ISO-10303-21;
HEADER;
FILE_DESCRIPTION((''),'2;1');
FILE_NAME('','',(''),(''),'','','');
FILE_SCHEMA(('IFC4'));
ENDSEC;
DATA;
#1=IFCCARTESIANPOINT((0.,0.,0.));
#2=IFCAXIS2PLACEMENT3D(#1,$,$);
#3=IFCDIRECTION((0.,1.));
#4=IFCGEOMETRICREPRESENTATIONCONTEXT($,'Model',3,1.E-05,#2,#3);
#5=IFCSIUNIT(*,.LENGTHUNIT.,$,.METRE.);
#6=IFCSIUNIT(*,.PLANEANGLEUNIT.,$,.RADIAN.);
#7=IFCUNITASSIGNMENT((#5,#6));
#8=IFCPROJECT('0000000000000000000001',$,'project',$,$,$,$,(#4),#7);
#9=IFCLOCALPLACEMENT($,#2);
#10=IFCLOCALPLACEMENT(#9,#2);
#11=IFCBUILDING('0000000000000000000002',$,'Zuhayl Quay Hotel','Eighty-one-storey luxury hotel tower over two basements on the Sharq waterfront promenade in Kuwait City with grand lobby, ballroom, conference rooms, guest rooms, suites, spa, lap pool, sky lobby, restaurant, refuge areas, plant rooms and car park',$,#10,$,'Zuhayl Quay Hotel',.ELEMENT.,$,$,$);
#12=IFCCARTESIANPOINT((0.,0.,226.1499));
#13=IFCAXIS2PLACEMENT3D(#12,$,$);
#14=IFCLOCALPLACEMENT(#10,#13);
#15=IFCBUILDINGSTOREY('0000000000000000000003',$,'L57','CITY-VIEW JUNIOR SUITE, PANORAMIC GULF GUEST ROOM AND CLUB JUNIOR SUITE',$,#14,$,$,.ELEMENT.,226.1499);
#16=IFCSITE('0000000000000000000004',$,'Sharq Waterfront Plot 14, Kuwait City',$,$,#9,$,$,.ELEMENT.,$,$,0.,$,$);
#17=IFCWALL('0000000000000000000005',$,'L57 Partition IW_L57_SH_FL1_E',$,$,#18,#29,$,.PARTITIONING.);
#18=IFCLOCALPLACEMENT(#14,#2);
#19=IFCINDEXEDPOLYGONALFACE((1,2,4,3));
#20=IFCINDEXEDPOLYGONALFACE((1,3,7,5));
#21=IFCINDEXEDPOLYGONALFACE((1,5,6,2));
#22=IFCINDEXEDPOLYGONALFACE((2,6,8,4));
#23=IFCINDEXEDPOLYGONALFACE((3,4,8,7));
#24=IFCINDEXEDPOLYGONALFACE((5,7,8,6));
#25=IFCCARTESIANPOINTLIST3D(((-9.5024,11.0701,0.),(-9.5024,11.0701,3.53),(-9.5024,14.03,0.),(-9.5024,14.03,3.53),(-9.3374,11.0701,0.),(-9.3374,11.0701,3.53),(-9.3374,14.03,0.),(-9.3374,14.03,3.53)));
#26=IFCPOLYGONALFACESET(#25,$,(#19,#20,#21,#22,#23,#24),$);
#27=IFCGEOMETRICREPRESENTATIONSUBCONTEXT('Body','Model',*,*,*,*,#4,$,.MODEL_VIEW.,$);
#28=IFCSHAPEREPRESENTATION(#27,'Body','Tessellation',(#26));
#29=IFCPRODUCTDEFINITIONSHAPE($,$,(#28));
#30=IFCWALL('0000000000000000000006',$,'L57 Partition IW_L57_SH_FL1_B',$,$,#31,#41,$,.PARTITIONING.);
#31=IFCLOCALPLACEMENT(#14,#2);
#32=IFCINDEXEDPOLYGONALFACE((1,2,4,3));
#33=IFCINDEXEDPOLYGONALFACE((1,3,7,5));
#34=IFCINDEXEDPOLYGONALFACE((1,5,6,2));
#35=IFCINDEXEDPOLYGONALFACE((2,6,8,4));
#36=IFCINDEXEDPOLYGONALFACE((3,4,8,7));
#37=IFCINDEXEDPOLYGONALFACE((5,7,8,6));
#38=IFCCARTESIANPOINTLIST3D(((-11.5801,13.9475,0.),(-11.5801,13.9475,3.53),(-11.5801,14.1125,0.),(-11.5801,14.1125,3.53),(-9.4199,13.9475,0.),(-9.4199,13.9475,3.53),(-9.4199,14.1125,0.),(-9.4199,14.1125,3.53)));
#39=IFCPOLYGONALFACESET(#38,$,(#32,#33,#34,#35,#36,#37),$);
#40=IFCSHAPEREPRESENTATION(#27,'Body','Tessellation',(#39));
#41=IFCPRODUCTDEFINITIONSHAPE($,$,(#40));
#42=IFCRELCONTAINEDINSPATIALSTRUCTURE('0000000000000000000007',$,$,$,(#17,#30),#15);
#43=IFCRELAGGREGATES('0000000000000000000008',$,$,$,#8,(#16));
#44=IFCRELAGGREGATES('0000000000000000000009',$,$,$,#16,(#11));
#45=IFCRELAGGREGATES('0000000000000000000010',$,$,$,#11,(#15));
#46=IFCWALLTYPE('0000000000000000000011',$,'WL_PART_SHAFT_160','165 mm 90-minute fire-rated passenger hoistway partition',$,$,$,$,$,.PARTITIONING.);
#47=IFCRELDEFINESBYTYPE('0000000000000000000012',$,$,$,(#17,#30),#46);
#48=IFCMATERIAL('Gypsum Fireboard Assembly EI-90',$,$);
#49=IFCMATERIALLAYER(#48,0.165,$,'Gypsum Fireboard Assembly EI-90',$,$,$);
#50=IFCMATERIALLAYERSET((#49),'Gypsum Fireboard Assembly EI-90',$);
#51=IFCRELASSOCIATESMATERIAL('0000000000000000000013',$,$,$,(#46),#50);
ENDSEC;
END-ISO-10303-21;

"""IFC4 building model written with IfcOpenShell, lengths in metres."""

from ifc_helpers import new_model, si_unit, direction, frame, frame_2d, origin, place, context, subcontext, project, spatial, rectangle, extrude, material, layer, layer_set, type_object, element, save


model = new_model("IFC4")

# Units and contexts
model_context = context("Model", 3, precision=1e-05, world=origin(), true_north=direction((0.0, 1.0)))
body_context = subcontext(model_context, "Body", "Model", "MODEL_VIEW")
ifc_project = project(units=[si_unit("LENGTHUNIT", "METRE"), si_unit("PLANEANGLEUNIT", "RADIAN")], contexts=[model_context])

# Site, building, storey
site_placement = place(None, origin())
site = spatial("IfcSite", under=ifc_project, at=site_placement, Name="Sharq Waterfront Plot 14, Kuwait City", CompositionType="ELEMENT", RefElevation=0.0)
building_placement = place(site_placement, origin())
building = spatial("IfcBuilding", under=site, at=building_placement, Name="Zuhayl Quay Hotel", Description="Eighty-one-storey luxury hotel tower over two basements on the Sharq waterfront promenade in Kuwait City with grand lobby, ballroom, conference rooms, guest rooms, suites, spa, lap pool, sky lobby, restaurant, refuge areas, plant rooms and car park", LongName="Zuhayl Quay Hotel", CompositionType="ELEMENT")
storey_placement = place(building_placement, frame((0.0, 0.0, 226.1499)))
storey = spatial("IfcBuildingStorey", under=building, at=storey_placement, Name="L57", Description="CITY-VIEW JUNIOR SUITE, PANORAMIC GULF GUEST ROOM AND CLUB JUNIOR SUITE", CompositionType="ELEMENT", Elevation=226.1499)

# Shared definitions
ifc_material_1 = material(Name="Gypsum Fireboard Assembly EI-90")
ifc_layer_1 = layer(ifc_material_1, 0.165, Name="Gypsum Fireboard Assembly EI-90")
ifc_layer_set_1 = layer_set([ifc_layer_1], Name="Gypsum Fireboard Assembly EI-90")
wall_type_1 = type_object("IfcWallType", Name="WL_PART_SHAFT_160", Description="165 mm 90-minute fire-rated passenger hoistway partition", PredefinedType="PARTITIONING", material=ifc_layer_set_1)

# Walls
wall_1_placement = place(storey_placement, frame((-9.4199, 11.0701, 0.0), z_axis=(0.0, 0.0, 1.0), x_axis=(0.0, 1.0, 0.0)))
element("IfcWall", 1, at=wall_1_placement, inside=storey, type_object=wall_type_1, Name="L57 Partition IW_L57_SH_FL1_E", PredefinedType="PARTITIONING", context=body_context, shape_type="SweptSolid", body=[
    extrude(rectangle(XDim=2.96, YDim=0.165, at=frame_2d((1.48, 0.0))), origin(), (0.0, 0.0, 1.0), 3.53),
])
wall_2_placement = place(storey_placement, frame((-11.5801, 14.03, 0.0), z_axis=(0.0, 0.0, 1.0), x_axis=(1.0, 0.0, 0.0)))
element("IfcWall", 2, at=wall_2_placement, inside=storey, type_object=wall_type_1, Name="L57 Partition IW_L57_SH_FL1_B", PredefinedType="PARTITIONING", context=body_context, shape_type="SweptSolid", body=[
    extrude(rectangle(XDim=2.1602, YDim=0.165, at=frame_2d((1.0801, 0.0))), origin(), (0.0, 0.0, 1.0), 3.53),
])

save(model, "model.ifc")
